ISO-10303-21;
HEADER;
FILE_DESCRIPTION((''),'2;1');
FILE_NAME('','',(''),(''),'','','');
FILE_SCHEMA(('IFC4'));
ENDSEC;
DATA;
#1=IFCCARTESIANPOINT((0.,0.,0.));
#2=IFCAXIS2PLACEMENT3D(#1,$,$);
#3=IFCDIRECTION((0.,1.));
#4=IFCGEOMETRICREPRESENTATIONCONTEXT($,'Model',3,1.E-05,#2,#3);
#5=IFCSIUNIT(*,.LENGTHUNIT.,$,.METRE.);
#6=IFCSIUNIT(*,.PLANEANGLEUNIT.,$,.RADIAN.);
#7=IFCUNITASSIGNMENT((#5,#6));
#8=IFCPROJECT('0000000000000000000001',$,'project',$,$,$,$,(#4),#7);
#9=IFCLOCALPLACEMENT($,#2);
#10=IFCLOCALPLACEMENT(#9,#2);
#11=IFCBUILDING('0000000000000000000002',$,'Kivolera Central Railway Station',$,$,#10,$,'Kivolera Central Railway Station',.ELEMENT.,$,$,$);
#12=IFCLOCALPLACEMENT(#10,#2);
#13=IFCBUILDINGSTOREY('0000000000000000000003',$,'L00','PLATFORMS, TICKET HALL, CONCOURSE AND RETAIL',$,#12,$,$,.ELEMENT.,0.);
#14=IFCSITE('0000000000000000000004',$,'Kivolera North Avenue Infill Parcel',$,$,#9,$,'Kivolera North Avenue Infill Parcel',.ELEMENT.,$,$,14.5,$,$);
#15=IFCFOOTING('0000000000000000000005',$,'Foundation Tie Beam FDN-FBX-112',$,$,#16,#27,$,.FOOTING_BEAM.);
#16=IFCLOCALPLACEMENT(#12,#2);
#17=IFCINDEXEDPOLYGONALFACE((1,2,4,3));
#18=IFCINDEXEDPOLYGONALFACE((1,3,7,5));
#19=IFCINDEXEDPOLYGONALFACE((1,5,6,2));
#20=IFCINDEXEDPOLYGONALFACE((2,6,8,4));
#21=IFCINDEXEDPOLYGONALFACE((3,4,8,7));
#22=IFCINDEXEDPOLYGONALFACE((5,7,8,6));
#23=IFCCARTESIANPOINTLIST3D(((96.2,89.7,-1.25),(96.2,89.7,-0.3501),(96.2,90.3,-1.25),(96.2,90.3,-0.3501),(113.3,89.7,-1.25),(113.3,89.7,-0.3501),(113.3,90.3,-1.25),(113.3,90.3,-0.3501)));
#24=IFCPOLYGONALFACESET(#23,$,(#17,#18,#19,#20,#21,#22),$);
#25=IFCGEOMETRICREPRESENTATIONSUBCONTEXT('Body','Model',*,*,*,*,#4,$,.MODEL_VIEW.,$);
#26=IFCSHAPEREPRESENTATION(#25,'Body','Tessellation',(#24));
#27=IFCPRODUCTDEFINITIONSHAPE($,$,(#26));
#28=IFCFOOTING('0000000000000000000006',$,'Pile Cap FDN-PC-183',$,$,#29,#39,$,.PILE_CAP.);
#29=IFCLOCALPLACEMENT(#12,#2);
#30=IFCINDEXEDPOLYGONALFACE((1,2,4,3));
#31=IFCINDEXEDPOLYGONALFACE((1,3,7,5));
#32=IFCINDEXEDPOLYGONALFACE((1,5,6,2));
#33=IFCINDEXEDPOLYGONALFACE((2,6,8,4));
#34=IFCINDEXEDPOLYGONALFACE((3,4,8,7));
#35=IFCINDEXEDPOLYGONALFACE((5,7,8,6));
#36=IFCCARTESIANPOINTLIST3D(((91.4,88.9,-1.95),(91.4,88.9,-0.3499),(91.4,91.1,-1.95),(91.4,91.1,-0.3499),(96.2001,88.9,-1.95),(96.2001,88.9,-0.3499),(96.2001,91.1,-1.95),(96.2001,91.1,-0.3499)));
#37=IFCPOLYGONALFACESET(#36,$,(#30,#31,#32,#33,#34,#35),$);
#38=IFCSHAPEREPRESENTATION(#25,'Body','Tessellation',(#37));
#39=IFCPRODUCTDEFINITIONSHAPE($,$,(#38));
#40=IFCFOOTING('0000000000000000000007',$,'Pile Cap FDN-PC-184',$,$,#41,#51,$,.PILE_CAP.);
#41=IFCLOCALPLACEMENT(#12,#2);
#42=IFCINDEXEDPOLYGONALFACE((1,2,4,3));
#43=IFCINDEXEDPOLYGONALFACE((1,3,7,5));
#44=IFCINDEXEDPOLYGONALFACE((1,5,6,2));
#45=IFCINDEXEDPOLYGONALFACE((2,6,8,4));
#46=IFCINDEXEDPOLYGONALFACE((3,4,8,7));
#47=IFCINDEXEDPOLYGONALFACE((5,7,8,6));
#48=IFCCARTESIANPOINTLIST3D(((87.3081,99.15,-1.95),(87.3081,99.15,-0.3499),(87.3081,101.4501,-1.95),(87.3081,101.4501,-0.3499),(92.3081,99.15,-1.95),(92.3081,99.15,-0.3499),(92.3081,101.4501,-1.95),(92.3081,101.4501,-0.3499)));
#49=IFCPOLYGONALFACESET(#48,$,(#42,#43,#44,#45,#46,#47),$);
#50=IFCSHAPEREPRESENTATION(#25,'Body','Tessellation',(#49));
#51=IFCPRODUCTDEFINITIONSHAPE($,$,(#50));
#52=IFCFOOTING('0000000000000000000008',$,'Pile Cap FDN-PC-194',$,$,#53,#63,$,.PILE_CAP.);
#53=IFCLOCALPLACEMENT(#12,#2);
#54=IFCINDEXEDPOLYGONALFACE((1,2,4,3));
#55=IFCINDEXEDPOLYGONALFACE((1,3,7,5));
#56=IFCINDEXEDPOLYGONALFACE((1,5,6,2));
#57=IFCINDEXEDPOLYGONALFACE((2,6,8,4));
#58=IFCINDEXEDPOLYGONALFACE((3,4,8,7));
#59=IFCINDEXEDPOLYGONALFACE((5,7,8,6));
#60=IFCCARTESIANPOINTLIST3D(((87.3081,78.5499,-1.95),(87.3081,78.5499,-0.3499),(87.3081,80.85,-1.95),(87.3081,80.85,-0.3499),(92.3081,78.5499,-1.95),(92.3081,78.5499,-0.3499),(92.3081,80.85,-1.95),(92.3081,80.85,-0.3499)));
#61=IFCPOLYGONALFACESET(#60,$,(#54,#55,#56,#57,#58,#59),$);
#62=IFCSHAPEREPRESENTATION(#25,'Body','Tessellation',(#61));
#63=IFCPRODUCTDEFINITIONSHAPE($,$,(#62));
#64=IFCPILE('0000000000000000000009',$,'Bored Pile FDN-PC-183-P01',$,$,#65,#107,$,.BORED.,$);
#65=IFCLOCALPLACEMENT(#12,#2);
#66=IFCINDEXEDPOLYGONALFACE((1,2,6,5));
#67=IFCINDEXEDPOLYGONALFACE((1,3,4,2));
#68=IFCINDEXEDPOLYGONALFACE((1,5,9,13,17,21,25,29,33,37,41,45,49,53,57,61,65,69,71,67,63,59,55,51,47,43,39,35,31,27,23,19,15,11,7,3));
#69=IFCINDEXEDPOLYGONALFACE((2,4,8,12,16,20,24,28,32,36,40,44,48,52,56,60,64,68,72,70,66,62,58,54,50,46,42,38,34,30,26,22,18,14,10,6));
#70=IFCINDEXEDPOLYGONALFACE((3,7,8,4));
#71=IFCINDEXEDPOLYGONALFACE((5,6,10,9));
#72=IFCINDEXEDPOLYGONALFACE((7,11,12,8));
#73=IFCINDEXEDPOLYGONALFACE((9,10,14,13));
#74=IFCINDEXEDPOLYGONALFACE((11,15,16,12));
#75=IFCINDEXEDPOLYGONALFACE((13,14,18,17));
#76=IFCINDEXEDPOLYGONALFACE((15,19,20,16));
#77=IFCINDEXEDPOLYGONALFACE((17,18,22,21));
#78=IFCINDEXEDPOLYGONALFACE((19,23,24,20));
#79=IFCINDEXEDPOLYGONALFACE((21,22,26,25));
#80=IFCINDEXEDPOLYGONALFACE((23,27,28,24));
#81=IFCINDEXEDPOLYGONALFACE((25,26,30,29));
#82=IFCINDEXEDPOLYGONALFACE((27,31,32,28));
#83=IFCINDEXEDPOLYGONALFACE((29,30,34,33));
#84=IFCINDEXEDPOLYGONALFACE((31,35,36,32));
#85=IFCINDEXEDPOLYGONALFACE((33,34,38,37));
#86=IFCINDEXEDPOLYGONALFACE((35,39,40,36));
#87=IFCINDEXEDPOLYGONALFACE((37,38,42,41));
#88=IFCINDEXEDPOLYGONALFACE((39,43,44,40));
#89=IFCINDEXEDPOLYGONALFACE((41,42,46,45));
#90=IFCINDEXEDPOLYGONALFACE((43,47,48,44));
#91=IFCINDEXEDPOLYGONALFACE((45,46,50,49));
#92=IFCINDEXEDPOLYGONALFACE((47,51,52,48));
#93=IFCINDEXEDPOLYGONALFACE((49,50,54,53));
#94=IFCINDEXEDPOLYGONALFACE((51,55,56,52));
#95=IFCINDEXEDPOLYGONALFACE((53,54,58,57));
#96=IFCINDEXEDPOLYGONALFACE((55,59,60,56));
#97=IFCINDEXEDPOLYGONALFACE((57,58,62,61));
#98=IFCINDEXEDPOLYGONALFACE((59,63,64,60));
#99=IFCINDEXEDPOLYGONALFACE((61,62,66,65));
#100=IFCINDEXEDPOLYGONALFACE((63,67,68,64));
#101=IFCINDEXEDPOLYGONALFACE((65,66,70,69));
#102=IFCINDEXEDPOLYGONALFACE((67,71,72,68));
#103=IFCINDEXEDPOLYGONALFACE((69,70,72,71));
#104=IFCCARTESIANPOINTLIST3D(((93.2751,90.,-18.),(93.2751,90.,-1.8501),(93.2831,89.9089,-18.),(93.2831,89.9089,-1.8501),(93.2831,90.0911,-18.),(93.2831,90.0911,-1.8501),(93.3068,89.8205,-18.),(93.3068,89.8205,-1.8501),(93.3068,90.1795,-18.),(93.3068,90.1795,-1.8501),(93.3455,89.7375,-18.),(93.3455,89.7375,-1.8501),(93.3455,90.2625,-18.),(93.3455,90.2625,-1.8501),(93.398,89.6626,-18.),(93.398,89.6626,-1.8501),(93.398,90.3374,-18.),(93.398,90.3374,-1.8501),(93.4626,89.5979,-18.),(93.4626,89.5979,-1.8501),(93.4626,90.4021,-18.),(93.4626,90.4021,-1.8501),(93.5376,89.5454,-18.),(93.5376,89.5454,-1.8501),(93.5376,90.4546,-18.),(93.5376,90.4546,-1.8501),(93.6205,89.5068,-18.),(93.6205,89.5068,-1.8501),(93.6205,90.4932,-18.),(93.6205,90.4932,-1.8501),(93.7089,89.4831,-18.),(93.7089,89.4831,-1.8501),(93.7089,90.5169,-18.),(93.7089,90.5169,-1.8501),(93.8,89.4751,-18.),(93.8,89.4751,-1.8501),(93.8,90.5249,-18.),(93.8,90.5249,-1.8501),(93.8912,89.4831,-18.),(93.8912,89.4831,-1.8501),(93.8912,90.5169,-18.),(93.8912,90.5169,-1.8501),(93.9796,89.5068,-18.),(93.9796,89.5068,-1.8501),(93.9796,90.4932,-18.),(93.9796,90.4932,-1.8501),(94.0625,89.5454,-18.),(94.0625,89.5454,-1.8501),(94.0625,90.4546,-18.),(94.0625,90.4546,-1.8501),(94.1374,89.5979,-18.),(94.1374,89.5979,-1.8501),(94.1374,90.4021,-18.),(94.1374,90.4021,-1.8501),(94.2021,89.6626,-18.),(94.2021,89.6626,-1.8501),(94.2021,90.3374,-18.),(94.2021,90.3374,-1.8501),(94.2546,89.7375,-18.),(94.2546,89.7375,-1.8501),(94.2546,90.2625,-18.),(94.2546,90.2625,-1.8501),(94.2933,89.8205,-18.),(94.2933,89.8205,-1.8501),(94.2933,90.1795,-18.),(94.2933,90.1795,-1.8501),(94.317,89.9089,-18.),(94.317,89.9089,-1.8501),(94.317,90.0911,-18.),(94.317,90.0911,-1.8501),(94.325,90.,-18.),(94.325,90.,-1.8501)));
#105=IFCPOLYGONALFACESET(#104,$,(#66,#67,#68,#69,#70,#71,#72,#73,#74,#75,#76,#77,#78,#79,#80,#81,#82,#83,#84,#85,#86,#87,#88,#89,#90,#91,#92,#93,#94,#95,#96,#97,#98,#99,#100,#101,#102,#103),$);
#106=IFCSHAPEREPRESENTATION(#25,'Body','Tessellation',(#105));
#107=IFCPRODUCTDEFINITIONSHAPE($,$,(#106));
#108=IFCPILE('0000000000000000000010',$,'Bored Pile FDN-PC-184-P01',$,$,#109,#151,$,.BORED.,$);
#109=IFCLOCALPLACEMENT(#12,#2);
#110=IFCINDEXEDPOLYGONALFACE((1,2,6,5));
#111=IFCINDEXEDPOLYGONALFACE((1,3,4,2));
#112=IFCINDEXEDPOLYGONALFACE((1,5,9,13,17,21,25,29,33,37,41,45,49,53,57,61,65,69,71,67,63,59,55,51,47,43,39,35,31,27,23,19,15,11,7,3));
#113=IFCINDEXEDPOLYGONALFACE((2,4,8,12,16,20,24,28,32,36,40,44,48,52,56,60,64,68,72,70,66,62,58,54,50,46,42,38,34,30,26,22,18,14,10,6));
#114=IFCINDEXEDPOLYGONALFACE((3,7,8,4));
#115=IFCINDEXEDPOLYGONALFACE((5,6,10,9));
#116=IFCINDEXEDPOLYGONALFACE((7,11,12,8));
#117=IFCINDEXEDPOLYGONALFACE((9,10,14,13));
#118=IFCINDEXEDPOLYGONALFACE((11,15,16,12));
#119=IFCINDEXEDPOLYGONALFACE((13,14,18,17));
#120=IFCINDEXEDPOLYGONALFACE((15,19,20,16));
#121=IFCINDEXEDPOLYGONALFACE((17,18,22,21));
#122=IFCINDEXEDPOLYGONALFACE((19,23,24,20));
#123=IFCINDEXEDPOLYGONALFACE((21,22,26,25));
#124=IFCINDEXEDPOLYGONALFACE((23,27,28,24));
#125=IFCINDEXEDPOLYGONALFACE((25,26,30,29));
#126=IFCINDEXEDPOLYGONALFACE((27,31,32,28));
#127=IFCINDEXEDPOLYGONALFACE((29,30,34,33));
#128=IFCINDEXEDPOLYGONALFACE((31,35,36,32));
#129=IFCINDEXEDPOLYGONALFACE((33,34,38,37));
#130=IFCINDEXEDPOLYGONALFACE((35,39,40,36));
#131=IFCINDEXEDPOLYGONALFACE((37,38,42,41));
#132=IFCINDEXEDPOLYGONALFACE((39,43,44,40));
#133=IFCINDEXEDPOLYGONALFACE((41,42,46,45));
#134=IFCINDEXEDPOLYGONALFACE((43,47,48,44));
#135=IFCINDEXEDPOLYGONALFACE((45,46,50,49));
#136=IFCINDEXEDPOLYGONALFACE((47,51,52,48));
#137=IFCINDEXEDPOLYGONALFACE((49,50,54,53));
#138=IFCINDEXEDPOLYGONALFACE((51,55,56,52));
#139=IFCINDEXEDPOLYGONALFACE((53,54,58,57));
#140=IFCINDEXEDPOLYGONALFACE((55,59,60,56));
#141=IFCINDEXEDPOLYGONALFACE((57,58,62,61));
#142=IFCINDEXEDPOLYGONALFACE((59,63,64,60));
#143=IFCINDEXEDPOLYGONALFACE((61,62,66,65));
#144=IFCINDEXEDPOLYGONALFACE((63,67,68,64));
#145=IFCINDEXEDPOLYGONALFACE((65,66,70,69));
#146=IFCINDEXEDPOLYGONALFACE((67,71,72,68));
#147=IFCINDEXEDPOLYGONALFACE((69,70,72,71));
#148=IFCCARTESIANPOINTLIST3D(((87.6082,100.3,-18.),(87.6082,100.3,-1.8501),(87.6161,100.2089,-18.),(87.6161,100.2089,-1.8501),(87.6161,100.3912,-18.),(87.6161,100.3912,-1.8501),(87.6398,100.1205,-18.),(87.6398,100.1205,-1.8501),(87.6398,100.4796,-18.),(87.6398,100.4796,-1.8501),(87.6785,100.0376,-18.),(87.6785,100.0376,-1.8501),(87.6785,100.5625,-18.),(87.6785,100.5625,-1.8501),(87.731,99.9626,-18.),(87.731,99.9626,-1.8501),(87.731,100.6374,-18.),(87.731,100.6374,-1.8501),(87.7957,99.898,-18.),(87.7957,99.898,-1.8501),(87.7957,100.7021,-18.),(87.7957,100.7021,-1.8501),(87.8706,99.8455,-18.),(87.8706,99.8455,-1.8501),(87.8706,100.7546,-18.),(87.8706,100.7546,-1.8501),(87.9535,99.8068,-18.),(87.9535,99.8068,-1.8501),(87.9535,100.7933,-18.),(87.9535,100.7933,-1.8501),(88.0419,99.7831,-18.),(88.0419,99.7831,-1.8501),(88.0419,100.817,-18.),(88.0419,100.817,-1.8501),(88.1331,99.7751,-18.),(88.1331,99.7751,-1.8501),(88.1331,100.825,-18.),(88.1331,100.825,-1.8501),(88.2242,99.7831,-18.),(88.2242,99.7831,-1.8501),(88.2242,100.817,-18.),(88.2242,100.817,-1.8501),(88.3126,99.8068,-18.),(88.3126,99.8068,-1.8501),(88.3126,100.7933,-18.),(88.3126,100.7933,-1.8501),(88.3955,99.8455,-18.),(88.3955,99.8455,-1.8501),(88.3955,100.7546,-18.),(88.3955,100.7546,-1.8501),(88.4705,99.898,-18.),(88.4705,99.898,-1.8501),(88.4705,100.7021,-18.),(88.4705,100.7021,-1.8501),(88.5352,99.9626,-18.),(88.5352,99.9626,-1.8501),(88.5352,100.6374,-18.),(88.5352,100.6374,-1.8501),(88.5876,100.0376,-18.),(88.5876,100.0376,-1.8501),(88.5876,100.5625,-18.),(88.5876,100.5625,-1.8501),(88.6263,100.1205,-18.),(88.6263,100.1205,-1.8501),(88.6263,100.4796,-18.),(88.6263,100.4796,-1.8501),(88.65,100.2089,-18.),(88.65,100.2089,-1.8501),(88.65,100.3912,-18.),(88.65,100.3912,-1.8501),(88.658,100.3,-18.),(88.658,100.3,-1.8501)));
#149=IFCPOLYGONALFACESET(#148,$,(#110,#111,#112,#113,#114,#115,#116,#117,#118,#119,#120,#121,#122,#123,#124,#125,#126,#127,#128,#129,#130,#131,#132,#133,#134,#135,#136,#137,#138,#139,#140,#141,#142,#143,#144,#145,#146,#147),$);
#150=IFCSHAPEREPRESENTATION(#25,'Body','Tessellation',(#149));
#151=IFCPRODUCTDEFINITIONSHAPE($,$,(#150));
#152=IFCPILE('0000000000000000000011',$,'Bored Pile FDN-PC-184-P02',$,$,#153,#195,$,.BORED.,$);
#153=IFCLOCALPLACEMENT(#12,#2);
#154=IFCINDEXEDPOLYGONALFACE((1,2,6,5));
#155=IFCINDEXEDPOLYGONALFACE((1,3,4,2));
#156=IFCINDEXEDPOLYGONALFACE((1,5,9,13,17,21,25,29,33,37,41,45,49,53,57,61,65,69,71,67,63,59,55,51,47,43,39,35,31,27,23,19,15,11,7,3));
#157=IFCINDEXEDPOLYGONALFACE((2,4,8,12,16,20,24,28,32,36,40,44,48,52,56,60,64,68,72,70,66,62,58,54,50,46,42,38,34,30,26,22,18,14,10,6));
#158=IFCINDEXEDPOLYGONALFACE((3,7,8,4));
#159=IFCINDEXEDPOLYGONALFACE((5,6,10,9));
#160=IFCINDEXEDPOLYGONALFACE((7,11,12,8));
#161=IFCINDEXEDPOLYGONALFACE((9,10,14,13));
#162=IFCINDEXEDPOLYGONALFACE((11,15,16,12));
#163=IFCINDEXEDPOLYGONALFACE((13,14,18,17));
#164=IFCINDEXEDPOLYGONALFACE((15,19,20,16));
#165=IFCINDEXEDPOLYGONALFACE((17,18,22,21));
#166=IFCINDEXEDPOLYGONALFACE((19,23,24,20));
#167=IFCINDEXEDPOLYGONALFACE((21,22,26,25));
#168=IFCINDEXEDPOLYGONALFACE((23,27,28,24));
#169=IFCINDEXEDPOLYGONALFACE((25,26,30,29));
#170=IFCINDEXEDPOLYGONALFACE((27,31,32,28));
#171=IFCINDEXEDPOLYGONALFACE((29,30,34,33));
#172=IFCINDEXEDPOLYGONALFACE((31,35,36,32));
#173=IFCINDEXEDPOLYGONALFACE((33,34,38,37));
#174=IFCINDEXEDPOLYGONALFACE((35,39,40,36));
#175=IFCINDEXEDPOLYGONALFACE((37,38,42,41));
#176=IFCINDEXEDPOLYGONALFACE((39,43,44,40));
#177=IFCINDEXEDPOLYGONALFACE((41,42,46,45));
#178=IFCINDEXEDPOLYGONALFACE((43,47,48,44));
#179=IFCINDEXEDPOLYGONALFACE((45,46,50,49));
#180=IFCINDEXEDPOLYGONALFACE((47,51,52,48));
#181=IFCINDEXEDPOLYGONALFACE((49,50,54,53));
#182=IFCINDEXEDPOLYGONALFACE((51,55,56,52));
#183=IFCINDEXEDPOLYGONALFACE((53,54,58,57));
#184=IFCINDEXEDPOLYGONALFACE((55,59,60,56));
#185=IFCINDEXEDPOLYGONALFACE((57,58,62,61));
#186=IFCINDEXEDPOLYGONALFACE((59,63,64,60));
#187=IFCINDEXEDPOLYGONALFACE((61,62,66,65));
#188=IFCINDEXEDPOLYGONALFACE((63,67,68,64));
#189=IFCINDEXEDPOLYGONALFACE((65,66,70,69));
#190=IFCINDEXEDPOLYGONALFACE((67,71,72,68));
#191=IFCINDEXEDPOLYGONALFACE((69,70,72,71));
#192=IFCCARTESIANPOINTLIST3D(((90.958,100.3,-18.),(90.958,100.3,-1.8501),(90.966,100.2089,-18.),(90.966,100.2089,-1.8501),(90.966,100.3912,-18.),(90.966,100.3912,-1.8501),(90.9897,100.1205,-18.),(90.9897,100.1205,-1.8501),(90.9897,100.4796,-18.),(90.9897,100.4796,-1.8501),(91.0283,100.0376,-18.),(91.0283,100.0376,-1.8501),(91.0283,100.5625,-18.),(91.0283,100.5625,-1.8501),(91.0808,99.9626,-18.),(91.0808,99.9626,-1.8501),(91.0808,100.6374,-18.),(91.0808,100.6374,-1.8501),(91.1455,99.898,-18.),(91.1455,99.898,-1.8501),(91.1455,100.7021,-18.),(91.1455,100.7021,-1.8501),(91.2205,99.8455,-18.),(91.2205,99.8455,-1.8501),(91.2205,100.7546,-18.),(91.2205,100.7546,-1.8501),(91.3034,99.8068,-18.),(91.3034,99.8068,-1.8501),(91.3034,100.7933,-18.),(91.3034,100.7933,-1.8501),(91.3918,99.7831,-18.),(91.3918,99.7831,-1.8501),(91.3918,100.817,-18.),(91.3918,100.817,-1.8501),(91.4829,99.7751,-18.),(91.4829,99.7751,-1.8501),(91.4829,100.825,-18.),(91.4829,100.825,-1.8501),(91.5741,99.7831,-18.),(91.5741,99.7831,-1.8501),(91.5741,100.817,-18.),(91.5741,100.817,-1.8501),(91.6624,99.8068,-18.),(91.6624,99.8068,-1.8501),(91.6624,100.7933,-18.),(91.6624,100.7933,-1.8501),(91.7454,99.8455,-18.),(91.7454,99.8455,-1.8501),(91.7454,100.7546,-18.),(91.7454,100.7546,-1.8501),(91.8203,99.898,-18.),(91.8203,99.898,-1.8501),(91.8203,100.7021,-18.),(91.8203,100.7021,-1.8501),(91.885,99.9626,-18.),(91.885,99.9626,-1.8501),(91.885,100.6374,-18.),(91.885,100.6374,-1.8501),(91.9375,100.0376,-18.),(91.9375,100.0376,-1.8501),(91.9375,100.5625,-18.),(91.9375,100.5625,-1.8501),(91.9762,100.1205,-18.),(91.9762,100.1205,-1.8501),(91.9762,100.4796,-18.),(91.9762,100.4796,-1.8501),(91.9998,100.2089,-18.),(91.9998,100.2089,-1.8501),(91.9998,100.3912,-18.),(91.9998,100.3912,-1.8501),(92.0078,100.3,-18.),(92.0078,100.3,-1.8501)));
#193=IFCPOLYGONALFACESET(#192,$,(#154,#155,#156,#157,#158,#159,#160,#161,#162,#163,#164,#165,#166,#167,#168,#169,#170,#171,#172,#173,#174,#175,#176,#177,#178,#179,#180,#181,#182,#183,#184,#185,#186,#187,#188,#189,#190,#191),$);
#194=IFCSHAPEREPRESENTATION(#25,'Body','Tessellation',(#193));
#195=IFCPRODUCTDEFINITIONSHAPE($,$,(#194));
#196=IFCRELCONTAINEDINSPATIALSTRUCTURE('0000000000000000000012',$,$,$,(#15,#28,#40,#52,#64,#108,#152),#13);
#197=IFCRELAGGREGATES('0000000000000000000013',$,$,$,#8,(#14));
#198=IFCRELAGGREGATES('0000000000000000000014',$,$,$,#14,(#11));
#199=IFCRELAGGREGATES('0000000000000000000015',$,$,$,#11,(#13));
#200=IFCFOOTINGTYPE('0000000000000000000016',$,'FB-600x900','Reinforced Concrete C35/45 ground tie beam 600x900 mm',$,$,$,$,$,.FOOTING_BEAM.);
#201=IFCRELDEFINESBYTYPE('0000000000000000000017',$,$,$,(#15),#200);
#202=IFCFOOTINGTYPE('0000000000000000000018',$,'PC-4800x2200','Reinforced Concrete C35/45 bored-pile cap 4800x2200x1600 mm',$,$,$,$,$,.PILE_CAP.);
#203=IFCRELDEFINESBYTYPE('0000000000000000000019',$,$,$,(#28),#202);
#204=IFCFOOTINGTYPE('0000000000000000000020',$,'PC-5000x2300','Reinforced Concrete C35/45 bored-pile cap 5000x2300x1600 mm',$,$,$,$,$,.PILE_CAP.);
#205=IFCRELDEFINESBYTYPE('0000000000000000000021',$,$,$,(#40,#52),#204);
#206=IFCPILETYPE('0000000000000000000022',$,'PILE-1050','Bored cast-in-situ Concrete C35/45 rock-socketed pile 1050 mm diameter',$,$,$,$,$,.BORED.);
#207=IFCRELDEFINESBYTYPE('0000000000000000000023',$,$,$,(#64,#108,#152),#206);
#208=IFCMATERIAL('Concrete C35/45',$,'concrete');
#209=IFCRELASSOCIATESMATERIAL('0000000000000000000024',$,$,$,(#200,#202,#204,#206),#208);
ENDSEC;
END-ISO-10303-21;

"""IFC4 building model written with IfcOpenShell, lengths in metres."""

from ifc_helpers import new_model, si_unit, direction, frame, origin, origin_2d, place, context, subcontext, project, spatial, rectangle, circle, extrude, material, material_profile, profile_set, type_object, element, save


model = new_model("IFC4")

# Units and contexts
model_context = context("Model", 3, precision=1e-05, world=origin(), true_north=direction((0.0, 1.0)))
body_context = subcontext(model_context, "Body", "Model", "MODEL_VIEW")
ifc_project = project(units=[si_unit("LENGTHUNIT", "METRE"), si_unit("PLANEANGLEUNIT", "RADIAN")], contexts=[model_context])

# Site, building, storey
site_placement = place(None, origin())
site = spatial("IfcSite", under=ifc_project, at=site_placement, Name="Kivolera North Avenue Infill Parcel", LongName="Kivolera North Avenue Infill Parcel", CompositionType="ELEMENT", RefElevation=14.5)
building_placement = place(site_placement, origin())
building = spatial("IfcBuilding", under=site, at=building_placement, Name="Kivolera Central Railway Station", LongName="Kivolera Central Railway Station", CompositionType="ELEMENT")
storey_placement = place(building_placement, origin())
storey = spatial("IfcBuildingStorey", under=building, at=storey_placement, Name="L00", Description="PLATFORMS, TICKET HALL, CONCOURSE AND RETAIL", CompositionType="ELEMENT", Elevation=0.0)

# Footings
ifc_material_1 = material(Name="Concrete C35/45", Category="concrete")
footing_type_1 = type_object("IfcFootingType", Name="FB-600x900", Description="Reinforced Concrete C35/45 ground tie beam 600x900 mm", PredefinedType="FOOTING_BEAM", material=ifc_material_1)
footing_1_placement = place(storey_placement, frame((104.75, 90.0, -1.25), z_axis=(0.0, 0.0, 1.0), x_axis=(1.0, 0.0, 0.0)))
element("IfcFooting", 1, at=footing_1_placement, inside=storey, type_object=footing_type_1, Name="Foundation Tie Beam FDN-FBX-112", PredefinedType="FOOTING_BEAM", context=body_context, shape_type="SweptSolid", body=[
    extrude(rectangle(XDim=17.1001, YDim=0.6001, at=origin_2d()), origin(), (0.0, 0.0, 1.0), 0.8999),
])
footing_type_2 = type_object("IfcFootingType", Name="PC-4800x2200", Description="Reinforced Concrete C35/45 bored-pile cap 4800x2200x1600 mm", PredefinedType="PILE_CAP", material=ifc_material_1)
footing_2_placement = place(storey_placement, frame((93.8, 90.0, -1.95), z_axis=(0.0, 0.0, 1.0), x_axis=(1.0, 0.0, 0.0)))
element("IfcFooting", 2, at=footing_2_placement, inside=storey, type_object=footing_type_2, Name="Pile Cap FDN-PC-183", PredefinedType="PILE_CAP", context=body_context, shape_type="SweptSolid", body=[
    extrude(rectangle(XDim=4.8, YDim=2.2, at=origin_2d()), origin(), (0.0, 0.0, 1.0), 1.6001),
])
footing_type_3 = type_object("IfcFootingType", Name="PC-5000x2300", Description="Reinforced Concrete C35/45 bored-pile cap 5000x2300x1600 mm", PredefinedType="PILE_CAP", material=ifc_material_1)
for number, where, z_axis, x_axis, name in (
    (3, (89.8081, 100.3, -1.95), (0.0, 0.0, 1.0), (1.0, 0.0, 0.0), "Pile Cap FDN-PC-184"),
    (4, (89.8081, 79.7, -1.95), (0.0, 0.0, 1.0), (1.0, 0.0, 0.0), "Pile Cap FDN-PC-194"),
):
    element("IfcFooting", number, at=place(storey_placement, frame(where, z_axis=z_axis, x_axis=x_axis)), inside=storey, type_object=footing_type_3, Name=name, PredefinedType="PILE_CAP", context=body_context, shape_type="SweptSolid", body=[
        extrude(rectangle(XDim=5.0, YDim=2.3, at=origin_2d()), origin(), (0.0, 0.0, 1.0), 1.6001),
    ])

# Piles
ifc_material_profile_1 = material_profile(ifc_material_1, circle(Radius=0.5249, at=origin_2d()), Name="PILE D1050")
ifc_profile_set_1 = profile_set([ifc_material_profile_1], Name="Concrete C35/45")
pile_type_1 = type_object("IfcPileType", Name="PILE-1050", Description="Bored cast-in-situ Concrete C35/45 rock-socketed pile 1050 mm diameter", PredefinedType="BORED", material=ifc_profile_set_1)
for number, where, z_axis, x_axis, name in (
    (5, (93.8, 90.0, -1.8501), (0.0, 0.0, -1.0), (1.0, 0.0, 0.0), "Bored Pile FDN-PC-183-P01"),
    (6, (88.1331, 100.3, -1.8501), (0.0, 0.0, -1.0), (1.0, 0.0, 0.0), "Bored Pile FDN-PC-184-P01"),
    (7, (91.4829, 100.3, -1.8501), (0.0, 0.0, -1.0), (1.0, 0.0, 0.0), "Bored Pile FDN-PC-184-P02"),
):
    element("IfcPile", number, at=place(storey_placement, frame(where, z_axis=z_axis, x_axis=x_axis)), inside=storey, type_object=pile_type_1, Name=name, PredefinedType="BORED", context=body_context, shape_type="SweptSolid", body=[
        extrude(circle(Radius=0.5249, at=origin_2d()), origin(), (0.0, 0.0, 1.0), 16.1499),
    ])

save(model, "model.ifc")
